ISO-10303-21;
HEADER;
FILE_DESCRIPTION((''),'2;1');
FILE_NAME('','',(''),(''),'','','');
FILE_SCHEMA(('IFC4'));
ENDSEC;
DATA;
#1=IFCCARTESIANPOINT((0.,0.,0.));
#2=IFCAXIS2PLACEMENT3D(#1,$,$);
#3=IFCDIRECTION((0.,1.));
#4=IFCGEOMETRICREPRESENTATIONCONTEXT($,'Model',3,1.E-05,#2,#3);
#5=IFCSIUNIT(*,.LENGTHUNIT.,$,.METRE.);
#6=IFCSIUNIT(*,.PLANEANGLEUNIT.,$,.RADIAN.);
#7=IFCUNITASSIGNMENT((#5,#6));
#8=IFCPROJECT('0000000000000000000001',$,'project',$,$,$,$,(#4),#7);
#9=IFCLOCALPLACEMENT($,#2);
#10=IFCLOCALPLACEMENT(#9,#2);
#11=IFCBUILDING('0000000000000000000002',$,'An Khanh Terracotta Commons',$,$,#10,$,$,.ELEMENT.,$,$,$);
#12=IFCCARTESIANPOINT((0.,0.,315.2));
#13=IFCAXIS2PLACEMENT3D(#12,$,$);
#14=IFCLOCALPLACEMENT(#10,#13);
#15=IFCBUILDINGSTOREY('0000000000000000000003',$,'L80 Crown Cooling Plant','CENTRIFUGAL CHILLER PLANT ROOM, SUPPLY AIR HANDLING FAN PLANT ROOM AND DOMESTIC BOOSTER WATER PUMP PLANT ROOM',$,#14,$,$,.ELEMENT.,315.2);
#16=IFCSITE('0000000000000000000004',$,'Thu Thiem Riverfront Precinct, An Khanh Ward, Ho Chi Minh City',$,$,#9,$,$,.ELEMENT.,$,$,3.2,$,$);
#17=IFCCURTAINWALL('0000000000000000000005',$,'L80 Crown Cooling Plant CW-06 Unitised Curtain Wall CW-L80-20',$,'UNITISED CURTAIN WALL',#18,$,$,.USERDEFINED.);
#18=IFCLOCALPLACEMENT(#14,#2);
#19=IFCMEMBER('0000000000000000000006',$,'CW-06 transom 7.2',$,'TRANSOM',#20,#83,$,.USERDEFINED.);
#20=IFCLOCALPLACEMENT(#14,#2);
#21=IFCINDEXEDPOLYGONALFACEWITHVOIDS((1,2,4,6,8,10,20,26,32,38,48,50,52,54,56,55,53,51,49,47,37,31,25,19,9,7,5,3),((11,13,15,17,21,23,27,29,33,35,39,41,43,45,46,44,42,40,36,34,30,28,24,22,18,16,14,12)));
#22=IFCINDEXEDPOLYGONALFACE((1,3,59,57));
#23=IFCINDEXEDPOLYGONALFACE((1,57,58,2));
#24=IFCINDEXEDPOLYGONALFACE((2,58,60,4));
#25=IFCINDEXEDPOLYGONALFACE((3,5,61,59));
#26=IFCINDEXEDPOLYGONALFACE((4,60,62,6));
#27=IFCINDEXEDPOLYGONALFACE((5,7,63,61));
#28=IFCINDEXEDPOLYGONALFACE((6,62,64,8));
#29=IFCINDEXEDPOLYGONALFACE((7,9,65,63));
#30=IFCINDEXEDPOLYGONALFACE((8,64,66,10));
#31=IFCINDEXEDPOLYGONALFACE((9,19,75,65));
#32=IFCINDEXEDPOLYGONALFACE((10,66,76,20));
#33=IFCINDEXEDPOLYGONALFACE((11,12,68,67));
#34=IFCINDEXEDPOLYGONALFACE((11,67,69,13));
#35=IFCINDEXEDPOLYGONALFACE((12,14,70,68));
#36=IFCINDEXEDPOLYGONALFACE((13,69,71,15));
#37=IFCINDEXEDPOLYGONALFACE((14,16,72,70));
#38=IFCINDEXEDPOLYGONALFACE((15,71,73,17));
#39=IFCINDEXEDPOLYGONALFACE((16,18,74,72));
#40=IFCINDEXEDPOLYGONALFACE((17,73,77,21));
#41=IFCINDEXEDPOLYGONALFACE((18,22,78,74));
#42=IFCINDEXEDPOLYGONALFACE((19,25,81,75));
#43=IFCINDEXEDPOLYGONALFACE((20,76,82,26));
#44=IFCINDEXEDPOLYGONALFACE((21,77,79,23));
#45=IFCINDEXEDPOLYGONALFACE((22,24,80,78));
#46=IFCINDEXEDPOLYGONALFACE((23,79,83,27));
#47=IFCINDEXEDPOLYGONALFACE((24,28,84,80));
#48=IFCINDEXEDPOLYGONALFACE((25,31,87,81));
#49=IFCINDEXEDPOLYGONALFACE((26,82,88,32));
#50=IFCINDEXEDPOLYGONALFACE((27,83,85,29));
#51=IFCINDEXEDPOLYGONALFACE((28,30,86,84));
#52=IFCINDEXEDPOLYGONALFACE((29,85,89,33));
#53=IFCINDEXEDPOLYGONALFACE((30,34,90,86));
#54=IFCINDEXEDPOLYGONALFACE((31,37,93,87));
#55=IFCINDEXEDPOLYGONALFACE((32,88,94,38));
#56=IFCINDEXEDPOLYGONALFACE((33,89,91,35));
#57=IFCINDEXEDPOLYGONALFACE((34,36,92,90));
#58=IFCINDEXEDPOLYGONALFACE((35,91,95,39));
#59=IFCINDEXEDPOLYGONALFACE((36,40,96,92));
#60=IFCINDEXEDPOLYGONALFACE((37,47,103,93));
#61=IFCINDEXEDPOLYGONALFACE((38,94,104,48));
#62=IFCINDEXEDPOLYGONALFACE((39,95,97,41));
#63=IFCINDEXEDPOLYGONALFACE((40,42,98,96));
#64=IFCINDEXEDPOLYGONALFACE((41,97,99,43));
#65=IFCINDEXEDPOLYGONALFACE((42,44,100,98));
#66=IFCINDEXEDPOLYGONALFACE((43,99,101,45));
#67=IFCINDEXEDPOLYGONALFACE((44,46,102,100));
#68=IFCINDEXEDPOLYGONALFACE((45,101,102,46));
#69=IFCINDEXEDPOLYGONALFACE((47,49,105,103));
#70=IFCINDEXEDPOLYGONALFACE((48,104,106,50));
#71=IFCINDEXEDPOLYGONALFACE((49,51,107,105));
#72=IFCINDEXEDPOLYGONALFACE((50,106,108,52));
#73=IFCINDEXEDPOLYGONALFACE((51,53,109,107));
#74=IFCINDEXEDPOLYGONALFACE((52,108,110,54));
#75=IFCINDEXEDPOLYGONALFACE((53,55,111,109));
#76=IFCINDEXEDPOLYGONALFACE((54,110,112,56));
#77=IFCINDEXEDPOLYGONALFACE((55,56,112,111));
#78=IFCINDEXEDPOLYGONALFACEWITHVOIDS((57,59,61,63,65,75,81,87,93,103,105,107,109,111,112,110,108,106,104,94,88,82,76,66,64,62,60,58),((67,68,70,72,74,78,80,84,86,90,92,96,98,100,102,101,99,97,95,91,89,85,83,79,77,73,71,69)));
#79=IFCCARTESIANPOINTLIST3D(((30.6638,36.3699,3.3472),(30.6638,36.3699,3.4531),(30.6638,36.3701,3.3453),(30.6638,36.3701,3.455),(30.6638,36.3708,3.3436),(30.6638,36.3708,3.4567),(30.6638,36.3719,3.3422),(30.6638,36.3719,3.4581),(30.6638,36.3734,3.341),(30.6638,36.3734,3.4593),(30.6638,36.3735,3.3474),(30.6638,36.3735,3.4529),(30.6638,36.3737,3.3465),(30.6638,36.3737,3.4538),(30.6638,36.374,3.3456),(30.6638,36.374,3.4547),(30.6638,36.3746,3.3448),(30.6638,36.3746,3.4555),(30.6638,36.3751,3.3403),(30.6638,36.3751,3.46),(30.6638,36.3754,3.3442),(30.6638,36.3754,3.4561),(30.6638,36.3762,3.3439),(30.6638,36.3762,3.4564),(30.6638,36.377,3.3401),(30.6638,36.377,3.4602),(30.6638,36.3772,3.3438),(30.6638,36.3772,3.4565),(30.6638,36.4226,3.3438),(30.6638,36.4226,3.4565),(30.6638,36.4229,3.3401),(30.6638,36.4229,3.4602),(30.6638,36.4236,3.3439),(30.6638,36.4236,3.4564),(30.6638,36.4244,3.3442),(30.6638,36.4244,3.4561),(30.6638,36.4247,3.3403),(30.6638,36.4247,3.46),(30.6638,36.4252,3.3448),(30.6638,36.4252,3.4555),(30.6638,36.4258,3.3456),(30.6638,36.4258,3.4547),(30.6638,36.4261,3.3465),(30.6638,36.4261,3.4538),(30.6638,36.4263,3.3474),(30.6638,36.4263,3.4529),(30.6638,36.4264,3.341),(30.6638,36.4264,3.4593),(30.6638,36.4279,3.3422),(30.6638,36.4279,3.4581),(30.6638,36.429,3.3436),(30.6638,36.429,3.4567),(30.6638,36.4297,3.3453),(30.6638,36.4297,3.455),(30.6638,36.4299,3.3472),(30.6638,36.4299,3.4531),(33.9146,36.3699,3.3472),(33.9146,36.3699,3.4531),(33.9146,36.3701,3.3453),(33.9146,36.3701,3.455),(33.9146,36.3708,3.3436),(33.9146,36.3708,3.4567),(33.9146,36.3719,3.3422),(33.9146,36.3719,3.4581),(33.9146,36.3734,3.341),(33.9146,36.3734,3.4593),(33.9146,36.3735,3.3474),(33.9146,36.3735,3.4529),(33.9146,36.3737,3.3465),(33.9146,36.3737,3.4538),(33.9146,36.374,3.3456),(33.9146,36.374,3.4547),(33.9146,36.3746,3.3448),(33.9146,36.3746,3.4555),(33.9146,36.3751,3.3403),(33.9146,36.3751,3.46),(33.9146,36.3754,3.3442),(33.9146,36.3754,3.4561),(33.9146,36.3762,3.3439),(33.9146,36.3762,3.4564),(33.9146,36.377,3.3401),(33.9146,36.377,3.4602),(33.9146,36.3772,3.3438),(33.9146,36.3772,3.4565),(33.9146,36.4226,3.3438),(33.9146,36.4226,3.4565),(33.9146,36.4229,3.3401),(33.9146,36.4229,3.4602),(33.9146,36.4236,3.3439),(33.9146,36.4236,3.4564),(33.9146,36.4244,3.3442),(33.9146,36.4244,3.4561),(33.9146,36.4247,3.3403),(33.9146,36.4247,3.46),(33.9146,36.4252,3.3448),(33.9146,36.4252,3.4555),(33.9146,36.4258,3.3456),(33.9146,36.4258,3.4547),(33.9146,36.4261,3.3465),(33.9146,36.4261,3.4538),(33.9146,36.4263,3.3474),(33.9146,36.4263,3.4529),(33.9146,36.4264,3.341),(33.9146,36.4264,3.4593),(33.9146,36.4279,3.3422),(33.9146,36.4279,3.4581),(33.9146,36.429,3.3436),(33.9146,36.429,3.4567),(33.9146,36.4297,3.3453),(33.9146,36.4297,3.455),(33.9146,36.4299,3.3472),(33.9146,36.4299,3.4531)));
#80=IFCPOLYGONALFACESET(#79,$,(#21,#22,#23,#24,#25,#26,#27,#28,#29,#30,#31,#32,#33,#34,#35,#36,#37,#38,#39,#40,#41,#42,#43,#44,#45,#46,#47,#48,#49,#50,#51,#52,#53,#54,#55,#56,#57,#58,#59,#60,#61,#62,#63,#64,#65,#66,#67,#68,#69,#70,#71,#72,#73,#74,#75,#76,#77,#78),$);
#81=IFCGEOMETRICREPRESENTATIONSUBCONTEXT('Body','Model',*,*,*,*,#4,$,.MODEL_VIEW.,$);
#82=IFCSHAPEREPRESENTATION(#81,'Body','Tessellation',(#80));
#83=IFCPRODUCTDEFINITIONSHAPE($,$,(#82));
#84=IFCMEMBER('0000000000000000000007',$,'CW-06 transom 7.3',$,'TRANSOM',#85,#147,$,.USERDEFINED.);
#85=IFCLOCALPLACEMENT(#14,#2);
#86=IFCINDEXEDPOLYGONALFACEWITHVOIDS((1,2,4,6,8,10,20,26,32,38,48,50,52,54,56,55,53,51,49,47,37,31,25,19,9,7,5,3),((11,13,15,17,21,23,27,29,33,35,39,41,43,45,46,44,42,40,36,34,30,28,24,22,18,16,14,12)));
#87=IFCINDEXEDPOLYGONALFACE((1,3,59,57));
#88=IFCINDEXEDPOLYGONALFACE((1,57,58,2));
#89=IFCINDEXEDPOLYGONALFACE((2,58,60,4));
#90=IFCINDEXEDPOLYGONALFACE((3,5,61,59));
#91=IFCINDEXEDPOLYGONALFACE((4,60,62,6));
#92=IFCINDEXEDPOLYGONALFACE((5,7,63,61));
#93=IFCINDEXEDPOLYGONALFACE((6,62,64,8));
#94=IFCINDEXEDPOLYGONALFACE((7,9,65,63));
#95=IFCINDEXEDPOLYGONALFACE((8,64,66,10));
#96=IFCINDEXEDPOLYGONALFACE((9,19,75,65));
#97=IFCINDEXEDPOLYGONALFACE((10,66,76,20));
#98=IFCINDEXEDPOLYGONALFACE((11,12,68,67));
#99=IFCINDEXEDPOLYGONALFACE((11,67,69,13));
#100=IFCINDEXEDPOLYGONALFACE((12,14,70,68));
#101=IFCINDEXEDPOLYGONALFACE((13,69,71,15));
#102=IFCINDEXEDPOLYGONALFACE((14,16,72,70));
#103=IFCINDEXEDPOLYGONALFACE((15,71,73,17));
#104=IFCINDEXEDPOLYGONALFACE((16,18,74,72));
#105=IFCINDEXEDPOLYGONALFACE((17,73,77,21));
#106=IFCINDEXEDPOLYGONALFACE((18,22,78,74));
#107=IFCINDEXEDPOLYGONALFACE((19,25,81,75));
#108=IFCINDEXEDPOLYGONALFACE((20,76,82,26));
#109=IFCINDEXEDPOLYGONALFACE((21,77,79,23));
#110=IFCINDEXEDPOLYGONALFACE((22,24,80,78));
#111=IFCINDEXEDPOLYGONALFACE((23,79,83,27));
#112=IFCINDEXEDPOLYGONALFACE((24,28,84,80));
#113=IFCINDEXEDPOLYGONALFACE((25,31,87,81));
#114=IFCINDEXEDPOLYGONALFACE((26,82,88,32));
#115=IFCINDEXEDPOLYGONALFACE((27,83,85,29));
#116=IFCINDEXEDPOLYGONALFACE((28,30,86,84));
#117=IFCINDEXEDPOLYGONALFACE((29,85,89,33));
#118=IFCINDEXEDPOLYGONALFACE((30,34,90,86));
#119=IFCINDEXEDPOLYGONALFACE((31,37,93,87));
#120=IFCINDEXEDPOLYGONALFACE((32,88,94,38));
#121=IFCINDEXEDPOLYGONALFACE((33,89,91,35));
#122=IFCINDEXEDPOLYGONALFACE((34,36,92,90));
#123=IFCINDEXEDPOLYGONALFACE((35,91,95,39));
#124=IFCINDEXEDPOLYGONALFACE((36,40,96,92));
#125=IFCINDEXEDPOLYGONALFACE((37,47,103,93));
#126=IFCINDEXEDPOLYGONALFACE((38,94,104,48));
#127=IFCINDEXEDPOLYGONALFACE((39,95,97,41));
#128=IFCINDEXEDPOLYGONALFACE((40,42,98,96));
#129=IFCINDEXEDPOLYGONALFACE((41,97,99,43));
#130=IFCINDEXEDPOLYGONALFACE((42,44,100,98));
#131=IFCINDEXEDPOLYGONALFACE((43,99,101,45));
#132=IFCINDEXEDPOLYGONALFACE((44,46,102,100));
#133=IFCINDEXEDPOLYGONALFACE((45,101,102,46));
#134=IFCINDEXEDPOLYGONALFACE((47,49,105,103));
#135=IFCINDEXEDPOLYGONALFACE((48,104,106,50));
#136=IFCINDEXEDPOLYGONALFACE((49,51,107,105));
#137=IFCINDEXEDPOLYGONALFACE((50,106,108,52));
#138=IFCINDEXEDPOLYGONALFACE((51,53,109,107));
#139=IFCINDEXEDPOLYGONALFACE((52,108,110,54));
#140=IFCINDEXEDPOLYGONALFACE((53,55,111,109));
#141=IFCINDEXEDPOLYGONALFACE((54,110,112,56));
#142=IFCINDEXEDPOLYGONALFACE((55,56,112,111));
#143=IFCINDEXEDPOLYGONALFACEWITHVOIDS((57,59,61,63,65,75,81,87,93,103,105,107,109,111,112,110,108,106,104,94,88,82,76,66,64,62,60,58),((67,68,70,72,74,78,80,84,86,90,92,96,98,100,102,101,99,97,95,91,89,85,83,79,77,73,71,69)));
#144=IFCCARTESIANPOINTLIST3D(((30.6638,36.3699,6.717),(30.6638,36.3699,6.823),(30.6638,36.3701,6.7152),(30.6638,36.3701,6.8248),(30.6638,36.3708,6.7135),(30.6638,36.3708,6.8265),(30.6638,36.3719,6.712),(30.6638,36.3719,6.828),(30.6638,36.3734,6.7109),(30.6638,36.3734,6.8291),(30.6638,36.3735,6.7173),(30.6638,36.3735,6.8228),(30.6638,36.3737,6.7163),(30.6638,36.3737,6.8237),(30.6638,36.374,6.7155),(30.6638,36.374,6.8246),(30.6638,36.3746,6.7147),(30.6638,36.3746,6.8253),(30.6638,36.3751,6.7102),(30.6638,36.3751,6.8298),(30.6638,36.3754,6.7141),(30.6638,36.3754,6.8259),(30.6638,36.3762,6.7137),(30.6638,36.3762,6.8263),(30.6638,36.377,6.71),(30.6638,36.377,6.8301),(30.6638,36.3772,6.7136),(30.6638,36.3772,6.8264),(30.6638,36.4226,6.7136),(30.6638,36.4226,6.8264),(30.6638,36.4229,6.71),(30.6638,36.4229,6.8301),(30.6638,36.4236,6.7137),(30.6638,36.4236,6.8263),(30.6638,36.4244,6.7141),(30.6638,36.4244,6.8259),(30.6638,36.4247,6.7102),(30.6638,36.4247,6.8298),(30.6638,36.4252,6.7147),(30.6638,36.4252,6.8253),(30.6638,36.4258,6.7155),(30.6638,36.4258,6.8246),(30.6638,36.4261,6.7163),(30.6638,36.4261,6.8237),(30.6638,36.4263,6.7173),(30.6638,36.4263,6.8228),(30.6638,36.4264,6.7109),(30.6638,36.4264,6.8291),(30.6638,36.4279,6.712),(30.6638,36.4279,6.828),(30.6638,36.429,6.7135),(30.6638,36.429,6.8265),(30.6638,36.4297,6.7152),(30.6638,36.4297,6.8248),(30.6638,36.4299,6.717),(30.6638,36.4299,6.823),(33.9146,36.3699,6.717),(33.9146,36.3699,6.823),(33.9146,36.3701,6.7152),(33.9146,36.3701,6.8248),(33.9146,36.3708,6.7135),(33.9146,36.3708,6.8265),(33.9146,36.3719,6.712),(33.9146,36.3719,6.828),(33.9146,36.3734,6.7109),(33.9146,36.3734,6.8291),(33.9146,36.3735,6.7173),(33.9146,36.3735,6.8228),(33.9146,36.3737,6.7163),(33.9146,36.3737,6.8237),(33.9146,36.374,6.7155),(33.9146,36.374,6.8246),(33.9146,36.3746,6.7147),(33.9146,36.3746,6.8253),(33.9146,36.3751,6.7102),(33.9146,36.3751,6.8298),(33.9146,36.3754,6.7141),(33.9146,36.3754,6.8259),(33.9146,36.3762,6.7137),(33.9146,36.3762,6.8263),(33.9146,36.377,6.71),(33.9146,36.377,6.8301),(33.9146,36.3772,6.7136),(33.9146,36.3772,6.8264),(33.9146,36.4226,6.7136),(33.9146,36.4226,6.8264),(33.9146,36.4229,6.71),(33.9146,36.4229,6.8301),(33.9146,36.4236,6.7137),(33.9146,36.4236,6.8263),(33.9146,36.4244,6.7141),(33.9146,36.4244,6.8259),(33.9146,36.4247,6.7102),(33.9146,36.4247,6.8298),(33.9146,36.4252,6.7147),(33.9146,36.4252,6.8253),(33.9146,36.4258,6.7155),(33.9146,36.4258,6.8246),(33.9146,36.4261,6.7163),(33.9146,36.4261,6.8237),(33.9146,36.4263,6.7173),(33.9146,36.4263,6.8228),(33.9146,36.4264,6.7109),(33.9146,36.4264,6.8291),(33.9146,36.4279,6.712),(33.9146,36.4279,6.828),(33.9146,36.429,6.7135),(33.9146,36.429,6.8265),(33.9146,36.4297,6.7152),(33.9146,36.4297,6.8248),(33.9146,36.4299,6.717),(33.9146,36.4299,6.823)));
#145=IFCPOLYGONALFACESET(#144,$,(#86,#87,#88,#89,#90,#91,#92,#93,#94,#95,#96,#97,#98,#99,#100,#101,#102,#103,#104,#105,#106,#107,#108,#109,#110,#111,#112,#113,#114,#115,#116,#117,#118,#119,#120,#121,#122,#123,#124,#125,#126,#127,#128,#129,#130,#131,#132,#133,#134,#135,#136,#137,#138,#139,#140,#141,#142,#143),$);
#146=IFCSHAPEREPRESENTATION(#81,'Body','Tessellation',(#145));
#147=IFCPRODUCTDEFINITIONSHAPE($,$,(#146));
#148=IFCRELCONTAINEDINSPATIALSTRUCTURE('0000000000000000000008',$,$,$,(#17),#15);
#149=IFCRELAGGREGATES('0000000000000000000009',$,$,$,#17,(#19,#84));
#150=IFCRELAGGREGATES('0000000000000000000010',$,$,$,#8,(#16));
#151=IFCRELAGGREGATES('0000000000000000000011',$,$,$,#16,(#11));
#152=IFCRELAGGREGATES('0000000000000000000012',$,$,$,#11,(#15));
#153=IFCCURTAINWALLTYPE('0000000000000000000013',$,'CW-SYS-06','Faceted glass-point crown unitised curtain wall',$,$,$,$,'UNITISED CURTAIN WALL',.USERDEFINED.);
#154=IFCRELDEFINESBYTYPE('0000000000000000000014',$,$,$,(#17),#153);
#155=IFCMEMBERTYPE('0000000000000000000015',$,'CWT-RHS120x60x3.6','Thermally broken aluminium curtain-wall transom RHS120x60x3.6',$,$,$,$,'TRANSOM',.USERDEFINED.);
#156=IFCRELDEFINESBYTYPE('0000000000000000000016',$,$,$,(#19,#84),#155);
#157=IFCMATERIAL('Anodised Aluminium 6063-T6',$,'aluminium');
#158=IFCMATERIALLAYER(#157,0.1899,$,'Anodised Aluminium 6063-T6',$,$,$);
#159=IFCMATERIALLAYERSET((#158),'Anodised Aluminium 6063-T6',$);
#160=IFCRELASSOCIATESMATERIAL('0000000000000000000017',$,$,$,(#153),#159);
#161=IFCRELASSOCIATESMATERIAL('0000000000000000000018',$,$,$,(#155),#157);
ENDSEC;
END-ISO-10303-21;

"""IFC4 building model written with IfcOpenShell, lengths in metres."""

from ifc_helpers import new_model, si_unit, direction, frame, origin, origin_2d, place, context, subcontext, project, spatial, hollow_rectangle, extrude, material, layer, layer_set, material_profile, profile_set, type_object, element, aggregate, save


model = new_model("IFC4")

# Units and contexts
model_context = context("Model", 3, precision=1e-05, world=origin(), true_north=direction((0.0, 1.0)))
body_context = subcontext(model_context, "Body", "Model", "MODEL_VIEW")
ifc_project = project(units=[si_unit("LENGTHUNIT", "METRE"), si_unit("PLANEANGLEUNIT", "RADIAN")], contexts=[model_context])

# Site, building, storey
site_placement = place(None, origin())
site = spatial("IfcSite", under=ifc_project, at=site_placement, Name="Thu Thiem Riverfront Precinct, An Khanh Ward, Ho Chi Minh City", CompositionType="ELEMENT", RefElevation=3.2)
building_placement = place(site_placement, origin())
building = spatial("IfcBuilding", under=site, at=building_placement, Name="An Khanh Terracotta Commons", CompositionType="ELEMENT")
storey_placement = place(building_placement, frame((0.0, 0.0, 315.2)))
storey = spatial("IfcBuildingStorey", under=building, at=storey_placement, Name="L80 Crown Cooling Plant", Description="CENTRIFUGAL CHILLER PLANT ROOM, SUPPLY AIR HANDLING FAN PLANT ROOM AND DOMESTIC BOOSTER WATER PUMP PLANT ROOM", CompositionType="ELEMENT", Elevation=315.2)

# Curtain wall, members
ifc_material_1 = material(Name="Anodised Aluminium 6063-T6", Category="aluminium")
ifc_layer_1 = layer(ifc_material_1, 0.1899, Name="Anodised Aluminium 6063-T6")
ifc_layer_set_1 = layer_set([ifc_layer_1], Name="Anodised Aluminium 6063-T6")
curtain_wall_type = type_object("IfcCurtainWallType", Name="CW-SYS-06", Description="Faceted glass-point crown unitised curtain wall", ElementType="UNITISED CURTAIN WALL", PredefinedType="USERDEFINED", material=ifc_layer_set_1)
curtain_wall_placement = place(storey_placement, origin())
curtain_wall = element("IfcCurtainWall", 1, at=curtain_wall_placement, inside=storey, type_object=curtain_wall_type, Name="L80 Crown Cooling Plant CW-06 Unitised Curtain Wall CW-L80-20", ObjectType="UNITISED CURTAIN WALL", PredefinedType="USERDEFINED")
ifc_material_profile_1 = material_profile(ifc_material_1, hollow_rectangle(XDim=0.0601, YDim=0.1201, WallThickness=0.0037, InnerFilletRadius=0.0037, OuterFilletRadius=0.0071, at=origin_2d()), Name="RHS120x60x3.6")
ifc_profile_set_1 = profile_set([ifc_material_profile_1], Name="Anodised Aluminium 6063-T6")
member_type_1 = type_object("IfcMemberType", Name="CWT-RHS120x60x3.6", Description="Thermally broken aluminium curtain-wall transom RHS120x60x3.6", ElementType="TRANSOM", PredefinedType="USERDEFINED", material=ifc_profile_set_1)
member_1_placement = place(storey_placement, frame((33.9146, 36.3999, 3.4001), z_axis=(-1.0, 0.0, 0.0), x_axis=(0.0, -1.0, 0.0)))
member_1 = element("IfcMember", 2, at=member_1_placement, type_object=member_type_1, Name="CW-06 transom 7.2", ObjectType="TRANSOM", PredefinedType="USERDEFINED", context=body_context, shape_type="SweptSolid", body=[
    extrude(hollow_rectangle(XDim=0.0601, YDim=0.1201, WallThickness=0.0037, InnerFilletRadius=0.0037, OuterFilletRadius=0.0071, at=origin_2d()), origin(), (0.0, 0.0, 1.0), 3.2507),
])
member_2_placement = place(storey_placement, frame((33.9146, 36.3999, 6.77), z_axis=(-1.0, 0.0, 0.0), x_axis=(0.0, -1.0, 0.0)))
member_2 = element("IfcMember", 3, at=member_2_placement, type_object=member_type_1, Name="CW-06 transom 7.3", ObjectType="TRANSOM", PredefinedType="USERDEFINED", context=body_context, shape_type="SweptSolid", body=[
    extrude(hollow_rectangle(XDim=0.0601, YDim=0.1201, WallThickness=0.0037, InnerFilletRadius=0.0037, OuterFilletRadius=0.0071, at=origin_2d()), origin(), (0.0, 0.0, 1.0), 3.2507),
])
aggregate(curtain_wall, [member_1, member_2])

save(model, "model.ifc")
